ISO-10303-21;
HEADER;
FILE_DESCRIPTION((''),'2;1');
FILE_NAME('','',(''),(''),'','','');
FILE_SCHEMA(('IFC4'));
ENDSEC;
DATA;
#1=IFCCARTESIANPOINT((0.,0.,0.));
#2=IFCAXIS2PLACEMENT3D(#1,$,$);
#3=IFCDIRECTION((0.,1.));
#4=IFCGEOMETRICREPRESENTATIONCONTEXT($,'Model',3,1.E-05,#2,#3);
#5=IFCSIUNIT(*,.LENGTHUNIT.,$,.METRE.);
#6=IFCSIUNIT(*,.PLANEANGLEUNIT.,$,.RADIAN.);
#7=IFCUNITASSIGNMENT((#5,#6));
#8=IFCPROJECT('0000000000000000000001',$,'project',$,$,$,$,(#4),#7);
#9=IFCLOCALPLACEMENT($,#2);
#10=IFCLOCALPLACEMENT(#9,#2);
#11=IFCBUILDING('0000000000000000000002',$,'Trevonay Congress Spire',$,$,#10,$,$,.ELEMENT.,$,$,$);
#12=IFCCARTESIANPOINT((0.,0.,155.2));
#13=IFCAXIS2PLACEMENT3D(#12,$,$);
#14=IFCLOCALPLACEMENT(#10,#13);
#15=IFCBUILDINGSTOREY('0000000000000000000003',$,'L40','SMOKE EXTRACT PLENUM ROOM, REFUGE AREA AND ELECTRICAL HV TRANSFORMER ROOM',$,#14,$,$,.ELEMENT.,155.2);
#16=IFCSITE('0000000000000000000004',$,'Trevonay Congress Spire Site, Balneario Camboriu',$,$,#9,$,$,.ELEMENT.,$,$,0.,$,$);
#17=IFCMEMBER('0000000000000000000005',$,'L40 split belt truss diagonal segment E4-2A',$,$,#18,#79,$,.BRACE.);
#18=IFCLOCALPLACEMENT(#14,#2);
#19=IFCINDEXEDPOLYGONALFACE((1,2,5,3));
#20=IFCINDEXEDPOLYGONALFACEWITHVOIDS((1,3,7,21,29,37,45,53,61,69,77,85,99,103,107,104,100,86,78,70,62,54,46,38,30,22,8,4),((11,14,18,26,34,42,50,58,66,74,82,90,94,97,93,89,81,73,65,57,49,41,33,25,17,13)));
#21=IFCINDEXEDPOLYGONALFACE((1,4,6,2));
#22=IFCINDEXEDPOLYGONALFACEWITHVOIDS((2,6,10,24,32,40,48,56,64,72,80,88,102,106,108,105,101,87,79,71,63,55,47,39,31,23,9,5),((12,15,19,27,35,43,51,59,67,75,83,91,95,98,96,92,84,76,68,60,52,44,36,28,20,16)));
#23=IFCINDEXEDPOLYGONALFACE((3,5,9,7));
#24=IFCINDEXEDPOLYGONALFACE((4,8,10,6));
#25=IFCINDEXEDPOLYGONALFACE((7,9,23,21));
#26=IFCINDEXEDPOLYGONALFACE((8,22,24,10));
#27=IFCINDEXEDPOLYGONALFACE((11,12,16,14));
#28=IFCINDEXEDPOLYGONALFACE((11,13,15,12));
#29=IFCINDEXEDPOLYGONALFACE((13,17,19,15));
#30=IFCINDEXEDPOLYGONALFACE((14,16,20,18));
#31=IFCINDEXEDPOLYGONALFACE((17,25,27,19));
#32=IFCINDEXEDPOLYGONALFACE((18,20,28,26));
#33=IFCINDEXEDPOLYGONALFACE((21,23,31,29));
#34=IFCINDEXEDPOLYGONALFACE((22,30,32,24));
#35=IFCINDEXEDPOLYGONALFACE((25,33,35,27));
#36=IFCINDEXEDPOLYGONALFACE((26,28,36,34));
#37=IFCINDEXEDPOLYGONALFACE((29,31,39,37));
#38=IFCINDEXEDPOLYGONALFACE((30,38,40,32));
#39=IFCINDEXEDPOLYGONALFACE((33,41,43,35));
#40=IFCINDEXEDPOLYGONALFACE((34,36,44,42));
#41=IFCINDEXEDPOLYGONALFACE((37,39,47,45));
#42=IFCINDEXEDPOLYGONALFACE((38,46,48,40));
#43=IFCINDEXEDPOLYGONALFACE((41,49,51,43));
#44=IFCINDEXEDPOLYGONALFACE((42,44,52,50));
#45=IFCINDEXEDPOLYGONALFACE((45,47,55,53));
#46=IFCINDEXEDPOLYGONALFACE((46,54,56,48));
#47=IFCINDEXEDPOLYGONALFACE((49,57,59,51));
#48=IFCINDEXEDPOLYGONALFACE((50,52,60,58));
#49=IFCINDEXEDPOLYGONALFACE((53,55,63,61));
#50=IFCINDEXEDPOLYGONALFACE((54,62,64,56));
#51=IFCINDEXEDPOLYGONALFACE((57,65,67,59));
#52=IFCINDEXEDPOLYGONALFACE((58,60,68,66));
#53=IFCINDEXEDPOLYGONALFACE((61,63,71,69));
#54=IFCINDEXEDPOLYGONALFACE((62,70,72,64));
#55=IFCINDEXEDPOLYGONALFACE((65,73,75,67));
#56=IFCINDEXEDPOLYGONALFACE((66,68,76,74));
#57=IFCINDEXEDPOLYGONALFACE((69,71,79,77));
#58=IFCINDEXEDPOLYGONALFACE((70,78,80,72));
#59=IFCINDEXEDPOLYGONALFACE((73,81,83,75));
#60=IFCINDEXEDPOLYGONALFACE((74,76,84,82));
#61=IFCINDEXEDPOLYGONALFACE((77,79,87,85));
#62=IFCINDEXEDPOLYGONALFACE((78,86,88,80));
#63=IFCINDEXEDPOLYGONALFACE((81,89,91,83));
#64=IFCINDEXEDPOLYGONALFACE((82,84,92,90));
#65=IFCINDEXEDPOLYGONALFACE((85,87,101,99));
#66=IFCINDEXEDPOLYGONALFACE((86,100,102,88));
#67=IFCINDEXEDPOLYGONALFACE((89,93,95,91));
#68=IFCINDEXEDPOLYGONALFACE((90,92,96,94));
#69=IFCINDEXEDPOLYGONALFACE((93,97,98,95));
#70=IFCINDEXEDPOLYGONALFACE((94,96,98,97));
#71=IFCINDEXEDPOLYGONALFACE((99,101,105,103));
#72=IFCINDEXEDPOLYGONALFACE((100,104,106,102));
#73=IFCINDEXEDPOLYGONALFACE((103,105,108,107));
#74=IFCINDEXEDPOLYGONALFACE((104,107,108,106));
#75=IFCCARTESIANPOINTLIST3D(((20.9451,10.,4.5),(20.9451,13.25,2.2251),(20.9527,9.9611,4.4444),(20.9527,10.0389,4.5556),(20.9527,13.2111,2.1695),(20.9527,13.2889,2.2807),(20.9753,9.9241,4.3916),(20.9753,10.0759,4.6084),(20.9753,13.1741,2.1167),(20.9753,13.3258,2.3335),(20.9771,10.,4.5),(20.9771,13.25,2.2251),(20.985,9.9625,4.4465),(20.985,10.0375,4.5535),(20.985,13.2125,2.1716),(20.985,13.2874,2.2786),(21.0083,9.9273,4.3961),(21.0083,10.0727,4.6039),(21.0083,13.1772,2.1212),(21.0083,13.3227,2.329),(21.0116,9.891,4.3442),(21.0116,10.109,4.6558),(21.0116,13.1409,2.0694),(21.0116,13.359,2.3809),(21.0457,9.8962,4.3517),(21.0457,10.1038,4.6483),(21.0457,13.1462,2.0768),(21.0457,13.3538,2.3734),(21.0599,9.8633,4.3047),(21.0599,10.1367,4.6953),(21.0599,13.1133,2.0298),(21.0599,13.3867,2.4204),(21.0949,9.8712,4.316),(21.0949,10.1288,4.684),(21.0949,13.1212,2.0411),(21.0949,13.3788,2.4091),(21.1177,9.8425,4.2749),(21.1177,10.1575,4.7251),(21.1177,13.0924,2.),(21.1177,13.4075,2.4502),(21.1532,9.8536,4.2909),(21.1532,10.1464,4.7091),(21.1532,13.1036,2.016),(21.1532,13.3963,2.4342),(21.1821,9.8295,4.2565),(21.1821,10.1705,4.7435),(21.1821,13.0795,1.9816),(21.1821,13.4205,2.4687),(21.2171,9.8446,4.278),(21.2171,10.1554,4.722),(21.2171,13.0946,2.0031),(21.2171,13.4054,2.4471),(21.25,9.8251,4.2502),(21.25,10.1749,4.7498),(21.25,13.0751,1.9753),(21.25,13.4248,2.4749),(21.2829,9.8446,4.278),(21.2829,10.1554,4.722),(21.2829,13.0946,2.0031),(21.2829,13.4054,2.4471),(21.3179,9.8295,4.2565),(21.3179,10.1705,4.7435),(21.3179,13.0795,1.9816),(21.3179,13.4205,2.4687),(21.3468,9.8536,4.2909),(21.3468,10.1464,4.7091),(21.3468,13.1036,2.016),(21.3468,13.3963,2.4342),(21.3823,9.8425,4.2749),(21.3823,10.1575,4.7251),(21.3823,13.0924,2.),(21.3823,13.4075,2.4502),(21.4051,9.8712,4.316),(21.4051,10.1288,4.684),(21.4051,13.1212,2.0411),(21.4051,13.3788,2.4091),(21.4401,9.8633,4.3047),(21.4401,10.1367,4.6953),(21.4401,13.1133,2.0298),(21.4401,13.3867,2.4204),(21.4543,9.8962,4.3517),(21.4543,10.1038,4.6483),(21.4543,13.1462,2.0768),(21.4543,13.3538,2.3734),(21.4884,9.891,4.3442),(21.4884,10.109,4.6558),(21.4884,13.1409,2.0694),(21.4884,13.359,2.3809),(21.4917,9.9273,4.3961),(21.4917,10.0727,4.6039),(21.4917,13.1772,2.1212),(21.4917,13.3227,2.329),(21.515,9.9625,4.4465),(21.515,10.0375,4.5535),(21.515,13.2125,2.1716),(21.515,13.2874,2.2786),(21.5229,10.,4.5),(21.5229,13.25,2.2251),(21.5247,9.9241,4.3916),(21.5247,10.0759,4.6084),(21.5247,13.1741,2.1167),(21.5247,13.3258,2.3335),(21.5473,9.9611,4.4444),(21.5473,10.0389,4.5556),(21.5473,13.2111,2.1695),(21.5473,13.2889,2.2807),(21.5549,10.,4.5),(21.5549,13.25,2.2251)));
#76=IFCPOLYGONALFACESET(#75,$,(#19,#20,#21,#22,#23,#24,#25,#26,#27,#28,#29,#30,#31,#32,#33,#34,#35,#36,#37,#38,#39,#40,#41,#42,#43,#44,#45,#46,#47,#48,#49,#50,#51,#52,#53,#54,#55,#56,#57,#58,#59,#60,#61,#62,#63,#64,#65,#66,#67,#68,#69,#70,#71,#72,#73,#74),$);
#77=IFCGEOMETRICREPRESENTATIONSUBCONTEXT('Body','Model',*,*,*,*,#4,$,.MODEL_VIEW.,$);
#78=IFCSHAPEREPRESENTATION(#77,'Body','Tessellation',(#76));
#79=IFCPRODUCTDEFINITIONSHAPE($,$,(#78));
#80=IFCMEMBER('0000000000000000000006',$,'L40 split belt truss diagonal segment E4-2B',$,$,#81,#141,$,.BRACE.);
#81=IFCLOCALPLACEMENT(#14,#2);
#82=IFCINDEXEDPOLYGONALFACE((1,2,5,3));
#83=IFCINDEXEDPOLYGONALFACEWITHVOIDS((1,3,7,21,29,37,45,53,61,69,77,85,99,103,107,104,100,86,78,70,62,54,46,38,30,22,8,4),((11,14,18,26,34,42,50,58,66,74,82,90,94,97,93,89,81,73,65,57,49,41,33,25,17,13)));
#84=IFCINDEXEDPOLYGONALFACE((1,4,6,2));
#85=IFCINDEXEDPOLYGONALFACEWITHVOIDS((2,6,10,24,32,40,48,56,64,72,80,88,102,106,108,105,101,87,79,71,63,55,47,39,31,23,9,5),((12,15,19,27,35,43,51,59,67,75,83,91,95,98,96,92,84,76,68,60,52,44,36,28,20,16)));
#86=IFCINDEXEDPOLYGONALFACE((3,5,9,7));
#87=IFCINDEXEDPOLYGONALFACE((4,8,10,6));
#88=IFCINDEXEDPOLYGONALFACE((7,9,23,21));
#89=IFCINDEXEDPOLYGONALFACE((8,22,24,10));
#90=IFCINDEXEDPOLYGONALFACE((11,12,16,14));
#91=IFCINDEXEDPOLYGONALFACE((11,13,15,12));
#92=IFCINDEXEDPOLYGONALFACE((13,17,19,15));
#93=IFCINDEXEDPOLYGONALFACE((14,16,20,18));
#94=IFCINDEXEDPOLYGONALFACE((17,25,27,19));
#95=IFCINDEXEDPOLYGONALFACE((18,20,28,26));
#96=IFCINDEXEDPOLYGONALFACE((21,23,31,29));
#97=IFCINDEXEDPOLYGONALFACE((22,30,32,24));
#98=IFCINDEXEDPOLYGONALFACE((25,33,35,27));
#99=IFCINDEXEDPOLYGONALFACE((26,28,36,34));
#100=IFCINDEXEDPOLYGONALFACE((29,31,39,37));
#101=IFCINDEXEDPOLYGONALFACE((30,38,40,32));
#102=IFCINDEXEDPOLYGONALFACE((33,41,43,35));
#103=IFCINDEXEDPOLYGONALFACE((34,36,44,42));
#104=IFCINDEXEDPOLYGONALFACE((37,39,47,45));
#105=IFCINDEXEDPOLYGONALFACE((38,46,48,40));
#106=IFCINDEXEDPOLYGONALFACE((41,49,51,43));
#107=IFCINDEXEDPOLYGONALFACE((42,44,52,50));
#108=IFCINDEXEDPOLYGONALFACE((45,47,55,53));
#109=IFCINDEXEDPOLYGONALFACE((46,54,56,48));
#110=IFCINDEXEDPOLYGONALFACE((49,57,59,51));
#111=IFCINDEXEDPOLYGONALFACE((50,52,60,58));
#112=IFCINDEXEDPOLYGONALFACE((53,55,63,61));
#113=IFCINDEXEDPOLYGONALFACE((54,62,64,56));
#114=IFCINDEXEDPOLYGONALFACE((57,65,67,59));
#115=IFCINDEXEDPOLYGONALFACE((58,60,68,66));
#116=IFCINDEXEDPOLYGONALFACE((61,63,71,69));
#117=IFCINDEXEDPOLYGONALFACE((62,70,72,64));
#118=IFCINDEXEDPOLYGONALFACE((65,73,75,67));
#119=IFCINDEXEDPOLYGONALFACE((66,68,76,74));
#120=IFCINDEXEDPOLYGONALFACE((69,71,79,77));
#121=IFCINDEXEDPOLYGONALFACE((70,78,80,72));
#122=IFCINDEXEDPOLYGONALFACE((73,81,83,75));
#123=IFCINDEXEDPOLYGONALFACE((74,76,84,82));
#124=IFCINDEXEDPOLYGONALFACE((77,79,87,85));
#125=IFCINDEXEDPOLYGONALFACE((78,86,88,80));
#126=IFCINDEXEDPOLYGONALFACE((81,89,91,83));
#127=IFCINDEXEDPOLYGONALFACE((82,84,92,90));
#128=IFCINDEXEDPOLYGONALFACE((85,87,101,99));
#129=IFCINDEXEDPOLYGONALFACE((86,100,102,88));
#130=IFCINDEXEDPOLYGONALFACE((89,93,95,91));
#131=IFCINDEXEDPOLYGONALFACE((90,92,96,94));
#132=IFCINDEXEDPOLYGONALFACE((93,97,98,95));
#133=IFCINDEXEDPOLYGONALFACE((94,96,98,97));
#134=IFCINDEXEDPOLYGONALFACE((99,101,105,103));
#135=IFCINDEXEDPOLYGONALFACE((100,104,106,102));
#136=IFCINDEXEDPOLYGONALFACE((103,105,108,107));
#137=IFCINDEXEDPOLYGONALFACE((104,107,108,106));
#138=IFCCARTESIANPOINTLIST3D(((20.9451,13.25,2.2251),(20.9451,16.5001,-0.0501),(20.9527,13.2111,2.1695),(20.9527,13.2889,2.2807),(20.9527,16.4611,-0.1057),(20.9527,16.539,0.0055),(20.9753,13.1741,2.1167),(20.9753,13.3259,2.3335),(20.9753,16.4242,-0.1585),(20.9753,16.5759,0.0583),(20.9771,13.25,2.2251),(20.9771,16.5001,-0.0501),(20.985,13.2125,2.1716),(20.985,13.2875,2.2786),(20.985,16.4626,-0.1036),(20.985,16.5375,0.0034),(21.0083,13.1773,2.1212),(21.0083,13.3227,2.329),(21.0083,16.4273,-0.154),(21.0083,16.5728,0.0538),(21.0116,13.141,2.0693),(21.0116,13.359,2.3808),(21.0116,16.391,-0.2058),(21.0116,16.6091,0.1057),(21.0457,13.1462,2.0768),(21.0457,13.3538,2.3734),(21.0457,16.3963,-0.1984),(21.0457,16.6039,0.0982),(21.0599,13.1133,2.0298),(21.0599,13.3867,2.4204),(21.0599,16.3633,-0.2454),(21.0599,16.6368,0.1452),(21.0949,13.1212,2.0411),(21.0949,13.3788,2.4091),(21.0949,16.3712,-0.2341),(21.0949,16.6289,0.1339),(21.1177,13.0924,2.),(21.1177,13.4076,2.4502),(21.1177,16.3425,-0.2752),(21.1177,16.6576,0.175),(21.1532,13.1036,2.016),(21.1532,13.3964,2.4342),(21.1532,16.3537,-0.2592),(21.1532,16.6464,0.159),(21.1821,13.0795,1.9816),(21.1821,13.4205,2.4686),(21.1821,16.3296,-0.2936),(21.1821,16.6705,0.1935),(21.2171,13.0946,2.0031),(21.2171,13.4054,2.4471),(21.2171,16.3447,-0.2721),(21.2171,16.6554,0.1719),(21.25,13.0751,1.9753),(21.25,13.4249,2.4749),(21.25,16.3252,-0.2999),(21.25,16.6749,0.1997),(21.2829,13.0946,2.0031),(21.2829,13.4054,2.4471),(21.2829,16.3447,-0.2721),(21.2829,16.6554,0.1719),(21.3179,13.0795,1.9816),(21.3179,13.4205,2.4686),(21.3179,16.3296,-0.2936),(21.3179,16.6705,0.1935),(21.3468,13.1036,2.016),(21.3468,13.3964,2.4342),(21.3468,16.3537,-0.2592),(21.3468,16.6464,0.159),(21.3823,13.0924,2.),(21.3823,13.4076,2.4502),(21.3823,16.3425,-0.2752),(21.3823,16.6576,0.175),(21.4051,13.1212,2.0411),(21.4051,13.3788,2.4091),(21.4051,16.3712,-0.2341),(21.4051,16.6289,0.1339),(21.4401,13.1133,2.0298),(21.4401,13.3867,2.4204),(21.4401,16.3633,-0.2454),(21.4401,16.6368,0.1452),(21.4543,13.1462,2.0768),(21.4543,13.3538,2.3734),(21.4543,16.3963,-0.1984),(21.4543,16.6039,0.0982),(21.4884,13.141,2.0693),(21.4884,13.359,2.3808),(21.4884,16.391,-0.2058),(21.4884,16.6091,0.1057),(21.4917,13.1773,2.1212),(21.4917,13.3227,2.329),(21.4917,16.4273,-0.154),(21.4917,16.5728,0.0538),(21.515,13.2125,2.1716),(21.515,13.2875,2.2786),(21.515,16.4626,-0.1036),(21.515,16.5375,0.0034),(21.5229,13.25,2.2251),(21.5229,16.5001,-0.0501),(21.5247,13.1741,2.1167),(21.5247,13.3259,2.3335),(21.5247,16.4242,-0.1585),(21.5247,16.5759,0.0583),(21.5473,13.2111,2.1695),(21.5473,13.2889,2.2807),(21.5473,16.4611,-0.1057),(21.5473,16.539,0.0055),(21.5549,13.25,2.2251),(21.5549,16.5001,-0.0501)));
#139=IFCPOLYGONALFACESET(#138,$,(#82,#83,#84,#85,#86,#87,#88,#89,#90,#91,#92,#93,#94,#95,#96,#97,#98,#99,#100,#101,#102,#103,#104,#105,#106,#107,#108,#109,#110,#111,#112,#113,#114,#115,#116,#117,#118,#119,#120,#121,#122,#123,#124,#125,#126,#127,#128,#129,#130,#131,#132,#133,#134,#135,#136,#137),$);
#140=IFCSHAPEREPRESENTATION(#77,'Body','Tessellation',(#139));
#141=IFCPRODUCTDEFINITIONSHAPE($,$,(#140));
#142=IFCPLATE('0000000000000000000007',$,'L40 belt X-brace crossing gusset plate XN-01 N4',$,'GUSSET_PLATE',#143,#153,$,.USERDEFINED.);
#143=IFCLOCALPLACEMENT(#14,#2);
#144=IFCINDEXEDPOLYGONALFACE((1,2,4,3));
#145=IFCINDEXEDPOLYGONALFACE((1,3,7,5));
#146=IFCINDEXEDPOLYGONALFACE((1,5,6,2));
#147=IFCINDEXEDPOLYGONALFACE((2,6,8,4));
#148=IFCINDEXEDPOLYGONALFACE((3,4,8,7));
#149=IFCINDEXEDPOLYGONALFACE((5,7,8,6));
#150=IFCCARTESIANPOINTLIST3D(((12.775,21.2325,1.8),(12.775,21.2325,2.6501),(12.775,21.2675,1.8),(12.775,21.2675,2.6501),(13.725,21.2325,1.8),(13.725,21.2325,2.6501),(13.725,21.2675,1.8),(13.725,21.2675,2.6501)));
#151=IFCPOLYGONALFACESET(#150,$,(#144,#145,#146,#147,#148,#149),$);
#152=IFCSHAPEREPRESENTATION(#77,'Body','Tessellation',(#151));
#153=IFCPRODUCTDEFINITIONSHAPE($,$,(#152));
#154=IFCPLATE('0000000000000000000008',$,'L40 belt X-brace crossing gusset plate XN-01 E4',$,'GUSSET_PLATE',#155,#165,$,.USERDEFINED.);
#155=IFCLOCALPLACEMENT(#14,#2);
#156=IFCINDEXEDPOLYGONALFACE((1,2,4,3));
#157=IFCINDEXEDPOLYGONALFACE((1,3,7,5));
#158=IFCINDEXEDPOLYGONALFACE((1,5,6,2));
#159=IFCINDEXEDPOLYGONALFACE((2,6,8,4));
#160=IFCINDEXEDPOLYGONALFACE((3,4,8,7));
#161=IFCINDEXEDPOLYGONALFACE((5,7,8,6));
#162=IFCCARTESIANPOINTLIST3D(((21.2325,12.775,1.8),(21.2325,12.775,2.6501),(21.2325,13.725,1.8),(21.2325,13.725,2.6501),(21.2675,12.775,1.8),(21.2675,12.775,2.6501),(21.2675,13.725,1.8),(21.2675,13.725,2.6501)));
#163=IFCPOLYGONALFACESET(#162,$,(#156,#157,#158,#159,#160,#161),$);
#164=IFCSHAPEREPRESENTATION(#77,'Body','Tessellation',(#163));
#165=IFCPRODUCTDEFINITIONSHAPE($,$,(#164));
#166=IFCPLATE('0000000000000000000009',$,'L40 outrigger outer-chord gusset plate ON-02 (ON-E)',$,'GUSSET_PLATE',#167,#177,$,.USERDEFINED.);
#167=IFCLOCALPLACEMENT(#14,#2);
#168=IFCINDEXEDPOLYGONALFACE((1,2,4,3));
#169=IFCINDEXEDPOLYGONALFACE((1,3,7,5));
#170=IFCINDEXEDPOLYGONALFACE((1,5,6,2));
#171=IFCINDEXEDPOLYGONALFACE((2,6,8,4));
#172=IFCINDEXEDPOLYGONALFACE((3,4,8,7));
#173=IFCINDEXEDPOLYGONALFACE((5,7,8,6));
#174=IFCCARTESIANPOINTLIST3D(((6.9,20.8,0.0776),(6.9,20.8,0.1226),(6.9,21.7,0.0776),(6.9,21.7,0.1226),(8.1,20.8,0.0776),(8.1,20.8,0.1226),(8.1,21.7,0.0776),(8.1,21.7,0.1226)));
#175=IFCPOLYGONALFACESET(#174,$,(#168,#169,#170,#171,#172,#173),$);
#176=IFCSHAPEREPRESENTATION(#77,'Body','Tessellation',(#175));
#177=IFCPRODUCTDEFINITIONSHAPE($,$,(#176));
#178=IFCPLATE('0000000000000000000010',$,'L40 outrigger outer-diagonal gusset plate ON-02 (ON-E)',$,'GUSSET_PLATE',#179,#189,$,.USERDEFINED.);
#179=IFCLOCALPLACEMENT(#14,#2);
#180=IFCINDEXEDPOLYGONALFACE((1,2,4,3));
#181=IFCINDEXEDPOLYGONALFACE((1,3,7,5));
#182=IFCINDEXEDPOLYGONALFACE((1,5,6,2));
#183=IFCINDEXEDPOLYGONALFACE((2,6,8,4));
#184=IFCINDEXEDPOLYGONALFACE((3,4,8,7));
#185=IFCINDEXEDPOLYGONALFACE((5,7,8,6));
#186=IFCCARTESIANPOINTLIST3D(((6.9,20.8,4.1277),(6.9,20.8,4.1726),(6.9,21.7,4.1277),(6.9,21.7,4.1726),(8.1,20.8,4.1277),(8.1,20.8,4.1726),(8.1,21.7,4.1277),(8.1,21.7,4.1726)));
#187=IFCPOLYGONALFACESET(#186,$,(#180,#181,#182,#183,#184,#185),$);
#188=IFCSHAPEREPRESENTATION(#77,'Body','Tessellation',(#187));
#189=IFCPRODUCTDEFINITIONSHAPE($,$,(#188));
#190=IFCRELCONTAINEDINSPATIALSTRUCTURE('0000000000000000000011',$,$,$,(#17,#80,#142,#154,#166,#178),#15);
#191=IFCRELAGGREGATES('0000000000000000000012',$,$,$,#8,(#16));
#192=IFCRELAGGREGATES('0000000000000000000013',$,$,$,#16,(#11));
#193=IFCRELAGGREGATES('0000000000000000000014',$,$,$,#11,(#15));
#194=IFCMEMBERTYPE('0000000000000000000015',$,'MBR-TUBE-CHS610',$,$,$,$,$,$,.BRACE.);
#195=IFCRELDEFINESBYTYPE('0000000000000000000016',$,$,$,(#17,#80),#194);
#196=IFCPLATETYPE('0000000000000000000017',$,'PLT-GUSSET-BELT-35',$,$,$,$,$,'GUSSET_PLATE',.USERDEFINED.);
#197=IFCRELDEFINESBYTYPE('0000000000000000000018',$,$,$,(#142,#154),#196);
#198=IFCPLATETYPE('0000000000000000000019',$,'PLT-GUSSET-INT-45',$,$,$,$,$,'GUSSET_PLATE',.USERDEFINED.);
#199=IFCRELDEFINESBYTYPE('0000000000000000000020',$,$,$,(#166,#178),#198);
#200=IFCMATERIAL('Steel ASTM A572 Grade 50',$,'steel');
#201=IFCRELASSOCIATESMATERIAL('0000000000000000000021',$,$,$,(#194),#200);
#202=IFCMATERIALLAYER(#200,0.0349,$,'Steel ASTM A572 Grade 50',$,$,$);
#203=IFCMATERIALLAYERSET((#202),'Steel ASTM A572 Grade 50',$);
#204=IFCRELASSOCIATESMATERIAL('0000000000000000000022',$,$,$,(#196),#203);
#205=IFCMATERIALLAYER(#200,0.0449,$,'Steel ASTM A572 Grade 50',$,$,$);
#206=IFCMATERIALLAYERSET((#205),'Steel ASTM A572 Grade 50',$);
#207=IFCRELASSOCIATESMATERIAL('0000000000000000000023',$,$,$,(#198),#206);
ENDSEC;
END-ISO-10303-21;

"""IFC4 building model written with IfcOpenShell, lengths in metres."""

from ifc_helpers import new_model, si_unit, direction, frame, origin, origin_2d, place, context, subcontext, project, spatial, rectangle, hollow_circle, extrude, material, layer, layer_set, material_profile, profile_set, type_object, element, save


model = new_model("IFC4")

# Units and contexts
model_context = context("Model", 3, precision=1e-05, world=origin(), true_north=direction((0.0, 1.0)))
body_context = subcontext(model_context, "Body", "Model", "MODEL_VIEW")
ifc_project = project(units=[si_unit("LENGTHUNIT", "METRE"), si_unit("PLANEANGLEUNIT", "RADIAN")], contexts=[model_context])

# Site, building, storey
site_placement = place(None, origin())
site = spatial("IfcSite", under=ifc_project, at=site_placement, Name="Trevonay Congress Spire Site, Balneario Camboriu", CompositionType="ELEMENT", RefElevation=0.0)
building_placement = place(site_placement, origin())
building = spatial("IfcBuilding", under=site, at=building_placement, Name="Trevonay Congress Spire", CompositionType="ELEMENT")
storey_placement = place(building_placement, frame((0.0, 0.0, 155.2)))
storey = spatial("IfcBuildingStorey", under=building, at=storey_placement, Name="L40", Description="SMOKE EXTRACT PLENUM ROOM, REFUGE AREA AND ELECTRICAL HV TRANSFORMER ROOM", CompositionType="ELEMENT", Elevation=155.2)

# Shared definitions
ifc_material_1 = material(Name="Steel ASTM A572 Grade 50", Category="steel")

# Members
ifc_material_profile_1 = material_profile(ifc_material_1, hollow_circle(Radius=0.3049, WallThickness=0.032, at=origin_2d()), Name="CHS 610x32")
ifc_profile_set_1 = profile_set([ifc_material_profile_1], Name="Steel ASTM A572 Grade 50")
member_type = type_object("IfcMemberType", Name="MBR-TUBE-CHS610", PredefinedType="BRACE", material=ifc_profile_set_1)
member_1_placement = place(storey_placement, frame((21.25, 10.0, 4.5), z_axis=(0.0, 0.819243, -0.573446), x_axis=(-1.0, 0.0, 0.0)))
element("IfcMember", 1, at=member_1_placement, inside=storey, type_object=member_type, Name="L40 split belt truss diagonal segment E4-2A", PredefinedType="BRACE", context=body_context, shape_type="SweptSolid", body=[
    extrude(hollow_circle(Radius=0.3049, WallThickness=0.032, at=origin_2d()), origin(), (0.0, 0.0, 1.0), 3.967),
])
member_2_placement = place(storey_placement, frame((21.25, 13.25, 2.2251), z_axis=(0.0, 0.819215, -0.573487), x_axis=(-1.0, 0.0, 0.0)))
element("IfcMember", 2, at=member_2_placement, inside=storey, type_object=member_type, Name="L40 split belt truss diagonal segment E4-2B", PredefinedType="BRACE", context=body_context, shape_type="SweptSolid", body=[
    extrude(hollow_circle(Radius=0.3049, WallThickness=0.032, at=origin_2d()), origin(), (0.0, 0.0, 1.0), 3.9673),
])

# Plates
ifc_layer_1 = layer(ifc_material_1, 0.0349, Name="Steel ASTM A572 Grade 50")
ifc_layer_set_1 = layer_set([ifc_layer_1], Name="Steel ASTM A572 Grade 50")
plate_type_1 = type_object("IfcPlateType", Name="PLT-GUSSET-BELT-35", ElementType="GUSSET_PLATE", PredefinedType="USERDEFINED", material=ifc_layer_set_1)
plate_1_placement = place(storey_placement, frame((13.25, 21.25, 1.8), z_axis=(0.0, 0.0, 1.0), x_axis=(1.0, 0.0, 0.0)))
element("IfcPlate", 3, at=plate_1_placement, inside=storey, type_object=plate_type_1, Name="L40 belt X-brace crossing gusset plate XN-01 N4", ObjectType="GUSSET_PLATE", PredefinedType="USERDEFINED", context=body_context, shape_type="SweptSolid", body=[
    extrude(rectangle(XDim=0.95, YDim=0.0349, at=origin_2d()), origin(), (0.0, 0.0, 1.0), 0.8501),
])
plate_2_placement = place(storey_placement, frame((21.25, 13.25, 1.8), z_axis=(0.0, 0.0, 1.0), x_axis=(1.0, 0.0, 0.0)))
element("IfcPlate", 4, at=plate_2_placement, inside=storey, type_object=plate_type_1, Name="L40 belt X-brace crossing gusset plate XN-01 E4", ObjectType="GUSSET_PLATE", PredefinedType="USERDEFINED", context=body_context, shape_type="SweptSolid", body=[
    extrude(rectangle(XDim=0.0349, YDim=0.95, at=origin_2d()), origin(), (0.0, 0.0, 1.0), 0.8501),
])
ifc_layer_2 = layer(ifc_material_1, 0.0449, Name="Steel ASTM A572 Grade 50")
ifc_layer_set_2 = layer_set([ifc_layer_2], Name="Steel ASTM A572 Grade 50")
plate_type_2 = type_object("IfcPlateType", Name="PLT-GUSSET-INT-45", ElementType="GUSSET_PLATE", PredefinedType="USERDEFINED", material=ifc_layer_set_2)
for number, where, z_axis, x_axis, name in (
    (5, (7.5, 21.25, 0.0776), (0.0, 0.0, 1.0), (1.0, 0.0, 0.0), "L40 outrigger outer-chord gusset plate ON-02 (ON-E)"),
    (6, (7.5, 21.25, 4.1277), (0.0, 0.0, 1.0), (1.0, 0.0, 0.0), "L40 outrigger outer-diagonal gusset plate ON-02 (ON-E)"),
):
    element("IfcPlate", number, at=place(storey_placement, frame(where, z_axis=z_axis, x_axis=x_axis)), inside=storey, type_object=plate_type_2, Name=name, ObjectType="GUSSET_PLATE", PredefinedType="USERDEFINED", context=body_context, shape_type="SweptSolid", body=[
        extrude(rectangle(XDim=1.2, YDim=0.8999, at=origin_2d()), origin(), (0.0, 0.0, 1.0), 0.0449),
    ])

save(model, "model.ifc")
